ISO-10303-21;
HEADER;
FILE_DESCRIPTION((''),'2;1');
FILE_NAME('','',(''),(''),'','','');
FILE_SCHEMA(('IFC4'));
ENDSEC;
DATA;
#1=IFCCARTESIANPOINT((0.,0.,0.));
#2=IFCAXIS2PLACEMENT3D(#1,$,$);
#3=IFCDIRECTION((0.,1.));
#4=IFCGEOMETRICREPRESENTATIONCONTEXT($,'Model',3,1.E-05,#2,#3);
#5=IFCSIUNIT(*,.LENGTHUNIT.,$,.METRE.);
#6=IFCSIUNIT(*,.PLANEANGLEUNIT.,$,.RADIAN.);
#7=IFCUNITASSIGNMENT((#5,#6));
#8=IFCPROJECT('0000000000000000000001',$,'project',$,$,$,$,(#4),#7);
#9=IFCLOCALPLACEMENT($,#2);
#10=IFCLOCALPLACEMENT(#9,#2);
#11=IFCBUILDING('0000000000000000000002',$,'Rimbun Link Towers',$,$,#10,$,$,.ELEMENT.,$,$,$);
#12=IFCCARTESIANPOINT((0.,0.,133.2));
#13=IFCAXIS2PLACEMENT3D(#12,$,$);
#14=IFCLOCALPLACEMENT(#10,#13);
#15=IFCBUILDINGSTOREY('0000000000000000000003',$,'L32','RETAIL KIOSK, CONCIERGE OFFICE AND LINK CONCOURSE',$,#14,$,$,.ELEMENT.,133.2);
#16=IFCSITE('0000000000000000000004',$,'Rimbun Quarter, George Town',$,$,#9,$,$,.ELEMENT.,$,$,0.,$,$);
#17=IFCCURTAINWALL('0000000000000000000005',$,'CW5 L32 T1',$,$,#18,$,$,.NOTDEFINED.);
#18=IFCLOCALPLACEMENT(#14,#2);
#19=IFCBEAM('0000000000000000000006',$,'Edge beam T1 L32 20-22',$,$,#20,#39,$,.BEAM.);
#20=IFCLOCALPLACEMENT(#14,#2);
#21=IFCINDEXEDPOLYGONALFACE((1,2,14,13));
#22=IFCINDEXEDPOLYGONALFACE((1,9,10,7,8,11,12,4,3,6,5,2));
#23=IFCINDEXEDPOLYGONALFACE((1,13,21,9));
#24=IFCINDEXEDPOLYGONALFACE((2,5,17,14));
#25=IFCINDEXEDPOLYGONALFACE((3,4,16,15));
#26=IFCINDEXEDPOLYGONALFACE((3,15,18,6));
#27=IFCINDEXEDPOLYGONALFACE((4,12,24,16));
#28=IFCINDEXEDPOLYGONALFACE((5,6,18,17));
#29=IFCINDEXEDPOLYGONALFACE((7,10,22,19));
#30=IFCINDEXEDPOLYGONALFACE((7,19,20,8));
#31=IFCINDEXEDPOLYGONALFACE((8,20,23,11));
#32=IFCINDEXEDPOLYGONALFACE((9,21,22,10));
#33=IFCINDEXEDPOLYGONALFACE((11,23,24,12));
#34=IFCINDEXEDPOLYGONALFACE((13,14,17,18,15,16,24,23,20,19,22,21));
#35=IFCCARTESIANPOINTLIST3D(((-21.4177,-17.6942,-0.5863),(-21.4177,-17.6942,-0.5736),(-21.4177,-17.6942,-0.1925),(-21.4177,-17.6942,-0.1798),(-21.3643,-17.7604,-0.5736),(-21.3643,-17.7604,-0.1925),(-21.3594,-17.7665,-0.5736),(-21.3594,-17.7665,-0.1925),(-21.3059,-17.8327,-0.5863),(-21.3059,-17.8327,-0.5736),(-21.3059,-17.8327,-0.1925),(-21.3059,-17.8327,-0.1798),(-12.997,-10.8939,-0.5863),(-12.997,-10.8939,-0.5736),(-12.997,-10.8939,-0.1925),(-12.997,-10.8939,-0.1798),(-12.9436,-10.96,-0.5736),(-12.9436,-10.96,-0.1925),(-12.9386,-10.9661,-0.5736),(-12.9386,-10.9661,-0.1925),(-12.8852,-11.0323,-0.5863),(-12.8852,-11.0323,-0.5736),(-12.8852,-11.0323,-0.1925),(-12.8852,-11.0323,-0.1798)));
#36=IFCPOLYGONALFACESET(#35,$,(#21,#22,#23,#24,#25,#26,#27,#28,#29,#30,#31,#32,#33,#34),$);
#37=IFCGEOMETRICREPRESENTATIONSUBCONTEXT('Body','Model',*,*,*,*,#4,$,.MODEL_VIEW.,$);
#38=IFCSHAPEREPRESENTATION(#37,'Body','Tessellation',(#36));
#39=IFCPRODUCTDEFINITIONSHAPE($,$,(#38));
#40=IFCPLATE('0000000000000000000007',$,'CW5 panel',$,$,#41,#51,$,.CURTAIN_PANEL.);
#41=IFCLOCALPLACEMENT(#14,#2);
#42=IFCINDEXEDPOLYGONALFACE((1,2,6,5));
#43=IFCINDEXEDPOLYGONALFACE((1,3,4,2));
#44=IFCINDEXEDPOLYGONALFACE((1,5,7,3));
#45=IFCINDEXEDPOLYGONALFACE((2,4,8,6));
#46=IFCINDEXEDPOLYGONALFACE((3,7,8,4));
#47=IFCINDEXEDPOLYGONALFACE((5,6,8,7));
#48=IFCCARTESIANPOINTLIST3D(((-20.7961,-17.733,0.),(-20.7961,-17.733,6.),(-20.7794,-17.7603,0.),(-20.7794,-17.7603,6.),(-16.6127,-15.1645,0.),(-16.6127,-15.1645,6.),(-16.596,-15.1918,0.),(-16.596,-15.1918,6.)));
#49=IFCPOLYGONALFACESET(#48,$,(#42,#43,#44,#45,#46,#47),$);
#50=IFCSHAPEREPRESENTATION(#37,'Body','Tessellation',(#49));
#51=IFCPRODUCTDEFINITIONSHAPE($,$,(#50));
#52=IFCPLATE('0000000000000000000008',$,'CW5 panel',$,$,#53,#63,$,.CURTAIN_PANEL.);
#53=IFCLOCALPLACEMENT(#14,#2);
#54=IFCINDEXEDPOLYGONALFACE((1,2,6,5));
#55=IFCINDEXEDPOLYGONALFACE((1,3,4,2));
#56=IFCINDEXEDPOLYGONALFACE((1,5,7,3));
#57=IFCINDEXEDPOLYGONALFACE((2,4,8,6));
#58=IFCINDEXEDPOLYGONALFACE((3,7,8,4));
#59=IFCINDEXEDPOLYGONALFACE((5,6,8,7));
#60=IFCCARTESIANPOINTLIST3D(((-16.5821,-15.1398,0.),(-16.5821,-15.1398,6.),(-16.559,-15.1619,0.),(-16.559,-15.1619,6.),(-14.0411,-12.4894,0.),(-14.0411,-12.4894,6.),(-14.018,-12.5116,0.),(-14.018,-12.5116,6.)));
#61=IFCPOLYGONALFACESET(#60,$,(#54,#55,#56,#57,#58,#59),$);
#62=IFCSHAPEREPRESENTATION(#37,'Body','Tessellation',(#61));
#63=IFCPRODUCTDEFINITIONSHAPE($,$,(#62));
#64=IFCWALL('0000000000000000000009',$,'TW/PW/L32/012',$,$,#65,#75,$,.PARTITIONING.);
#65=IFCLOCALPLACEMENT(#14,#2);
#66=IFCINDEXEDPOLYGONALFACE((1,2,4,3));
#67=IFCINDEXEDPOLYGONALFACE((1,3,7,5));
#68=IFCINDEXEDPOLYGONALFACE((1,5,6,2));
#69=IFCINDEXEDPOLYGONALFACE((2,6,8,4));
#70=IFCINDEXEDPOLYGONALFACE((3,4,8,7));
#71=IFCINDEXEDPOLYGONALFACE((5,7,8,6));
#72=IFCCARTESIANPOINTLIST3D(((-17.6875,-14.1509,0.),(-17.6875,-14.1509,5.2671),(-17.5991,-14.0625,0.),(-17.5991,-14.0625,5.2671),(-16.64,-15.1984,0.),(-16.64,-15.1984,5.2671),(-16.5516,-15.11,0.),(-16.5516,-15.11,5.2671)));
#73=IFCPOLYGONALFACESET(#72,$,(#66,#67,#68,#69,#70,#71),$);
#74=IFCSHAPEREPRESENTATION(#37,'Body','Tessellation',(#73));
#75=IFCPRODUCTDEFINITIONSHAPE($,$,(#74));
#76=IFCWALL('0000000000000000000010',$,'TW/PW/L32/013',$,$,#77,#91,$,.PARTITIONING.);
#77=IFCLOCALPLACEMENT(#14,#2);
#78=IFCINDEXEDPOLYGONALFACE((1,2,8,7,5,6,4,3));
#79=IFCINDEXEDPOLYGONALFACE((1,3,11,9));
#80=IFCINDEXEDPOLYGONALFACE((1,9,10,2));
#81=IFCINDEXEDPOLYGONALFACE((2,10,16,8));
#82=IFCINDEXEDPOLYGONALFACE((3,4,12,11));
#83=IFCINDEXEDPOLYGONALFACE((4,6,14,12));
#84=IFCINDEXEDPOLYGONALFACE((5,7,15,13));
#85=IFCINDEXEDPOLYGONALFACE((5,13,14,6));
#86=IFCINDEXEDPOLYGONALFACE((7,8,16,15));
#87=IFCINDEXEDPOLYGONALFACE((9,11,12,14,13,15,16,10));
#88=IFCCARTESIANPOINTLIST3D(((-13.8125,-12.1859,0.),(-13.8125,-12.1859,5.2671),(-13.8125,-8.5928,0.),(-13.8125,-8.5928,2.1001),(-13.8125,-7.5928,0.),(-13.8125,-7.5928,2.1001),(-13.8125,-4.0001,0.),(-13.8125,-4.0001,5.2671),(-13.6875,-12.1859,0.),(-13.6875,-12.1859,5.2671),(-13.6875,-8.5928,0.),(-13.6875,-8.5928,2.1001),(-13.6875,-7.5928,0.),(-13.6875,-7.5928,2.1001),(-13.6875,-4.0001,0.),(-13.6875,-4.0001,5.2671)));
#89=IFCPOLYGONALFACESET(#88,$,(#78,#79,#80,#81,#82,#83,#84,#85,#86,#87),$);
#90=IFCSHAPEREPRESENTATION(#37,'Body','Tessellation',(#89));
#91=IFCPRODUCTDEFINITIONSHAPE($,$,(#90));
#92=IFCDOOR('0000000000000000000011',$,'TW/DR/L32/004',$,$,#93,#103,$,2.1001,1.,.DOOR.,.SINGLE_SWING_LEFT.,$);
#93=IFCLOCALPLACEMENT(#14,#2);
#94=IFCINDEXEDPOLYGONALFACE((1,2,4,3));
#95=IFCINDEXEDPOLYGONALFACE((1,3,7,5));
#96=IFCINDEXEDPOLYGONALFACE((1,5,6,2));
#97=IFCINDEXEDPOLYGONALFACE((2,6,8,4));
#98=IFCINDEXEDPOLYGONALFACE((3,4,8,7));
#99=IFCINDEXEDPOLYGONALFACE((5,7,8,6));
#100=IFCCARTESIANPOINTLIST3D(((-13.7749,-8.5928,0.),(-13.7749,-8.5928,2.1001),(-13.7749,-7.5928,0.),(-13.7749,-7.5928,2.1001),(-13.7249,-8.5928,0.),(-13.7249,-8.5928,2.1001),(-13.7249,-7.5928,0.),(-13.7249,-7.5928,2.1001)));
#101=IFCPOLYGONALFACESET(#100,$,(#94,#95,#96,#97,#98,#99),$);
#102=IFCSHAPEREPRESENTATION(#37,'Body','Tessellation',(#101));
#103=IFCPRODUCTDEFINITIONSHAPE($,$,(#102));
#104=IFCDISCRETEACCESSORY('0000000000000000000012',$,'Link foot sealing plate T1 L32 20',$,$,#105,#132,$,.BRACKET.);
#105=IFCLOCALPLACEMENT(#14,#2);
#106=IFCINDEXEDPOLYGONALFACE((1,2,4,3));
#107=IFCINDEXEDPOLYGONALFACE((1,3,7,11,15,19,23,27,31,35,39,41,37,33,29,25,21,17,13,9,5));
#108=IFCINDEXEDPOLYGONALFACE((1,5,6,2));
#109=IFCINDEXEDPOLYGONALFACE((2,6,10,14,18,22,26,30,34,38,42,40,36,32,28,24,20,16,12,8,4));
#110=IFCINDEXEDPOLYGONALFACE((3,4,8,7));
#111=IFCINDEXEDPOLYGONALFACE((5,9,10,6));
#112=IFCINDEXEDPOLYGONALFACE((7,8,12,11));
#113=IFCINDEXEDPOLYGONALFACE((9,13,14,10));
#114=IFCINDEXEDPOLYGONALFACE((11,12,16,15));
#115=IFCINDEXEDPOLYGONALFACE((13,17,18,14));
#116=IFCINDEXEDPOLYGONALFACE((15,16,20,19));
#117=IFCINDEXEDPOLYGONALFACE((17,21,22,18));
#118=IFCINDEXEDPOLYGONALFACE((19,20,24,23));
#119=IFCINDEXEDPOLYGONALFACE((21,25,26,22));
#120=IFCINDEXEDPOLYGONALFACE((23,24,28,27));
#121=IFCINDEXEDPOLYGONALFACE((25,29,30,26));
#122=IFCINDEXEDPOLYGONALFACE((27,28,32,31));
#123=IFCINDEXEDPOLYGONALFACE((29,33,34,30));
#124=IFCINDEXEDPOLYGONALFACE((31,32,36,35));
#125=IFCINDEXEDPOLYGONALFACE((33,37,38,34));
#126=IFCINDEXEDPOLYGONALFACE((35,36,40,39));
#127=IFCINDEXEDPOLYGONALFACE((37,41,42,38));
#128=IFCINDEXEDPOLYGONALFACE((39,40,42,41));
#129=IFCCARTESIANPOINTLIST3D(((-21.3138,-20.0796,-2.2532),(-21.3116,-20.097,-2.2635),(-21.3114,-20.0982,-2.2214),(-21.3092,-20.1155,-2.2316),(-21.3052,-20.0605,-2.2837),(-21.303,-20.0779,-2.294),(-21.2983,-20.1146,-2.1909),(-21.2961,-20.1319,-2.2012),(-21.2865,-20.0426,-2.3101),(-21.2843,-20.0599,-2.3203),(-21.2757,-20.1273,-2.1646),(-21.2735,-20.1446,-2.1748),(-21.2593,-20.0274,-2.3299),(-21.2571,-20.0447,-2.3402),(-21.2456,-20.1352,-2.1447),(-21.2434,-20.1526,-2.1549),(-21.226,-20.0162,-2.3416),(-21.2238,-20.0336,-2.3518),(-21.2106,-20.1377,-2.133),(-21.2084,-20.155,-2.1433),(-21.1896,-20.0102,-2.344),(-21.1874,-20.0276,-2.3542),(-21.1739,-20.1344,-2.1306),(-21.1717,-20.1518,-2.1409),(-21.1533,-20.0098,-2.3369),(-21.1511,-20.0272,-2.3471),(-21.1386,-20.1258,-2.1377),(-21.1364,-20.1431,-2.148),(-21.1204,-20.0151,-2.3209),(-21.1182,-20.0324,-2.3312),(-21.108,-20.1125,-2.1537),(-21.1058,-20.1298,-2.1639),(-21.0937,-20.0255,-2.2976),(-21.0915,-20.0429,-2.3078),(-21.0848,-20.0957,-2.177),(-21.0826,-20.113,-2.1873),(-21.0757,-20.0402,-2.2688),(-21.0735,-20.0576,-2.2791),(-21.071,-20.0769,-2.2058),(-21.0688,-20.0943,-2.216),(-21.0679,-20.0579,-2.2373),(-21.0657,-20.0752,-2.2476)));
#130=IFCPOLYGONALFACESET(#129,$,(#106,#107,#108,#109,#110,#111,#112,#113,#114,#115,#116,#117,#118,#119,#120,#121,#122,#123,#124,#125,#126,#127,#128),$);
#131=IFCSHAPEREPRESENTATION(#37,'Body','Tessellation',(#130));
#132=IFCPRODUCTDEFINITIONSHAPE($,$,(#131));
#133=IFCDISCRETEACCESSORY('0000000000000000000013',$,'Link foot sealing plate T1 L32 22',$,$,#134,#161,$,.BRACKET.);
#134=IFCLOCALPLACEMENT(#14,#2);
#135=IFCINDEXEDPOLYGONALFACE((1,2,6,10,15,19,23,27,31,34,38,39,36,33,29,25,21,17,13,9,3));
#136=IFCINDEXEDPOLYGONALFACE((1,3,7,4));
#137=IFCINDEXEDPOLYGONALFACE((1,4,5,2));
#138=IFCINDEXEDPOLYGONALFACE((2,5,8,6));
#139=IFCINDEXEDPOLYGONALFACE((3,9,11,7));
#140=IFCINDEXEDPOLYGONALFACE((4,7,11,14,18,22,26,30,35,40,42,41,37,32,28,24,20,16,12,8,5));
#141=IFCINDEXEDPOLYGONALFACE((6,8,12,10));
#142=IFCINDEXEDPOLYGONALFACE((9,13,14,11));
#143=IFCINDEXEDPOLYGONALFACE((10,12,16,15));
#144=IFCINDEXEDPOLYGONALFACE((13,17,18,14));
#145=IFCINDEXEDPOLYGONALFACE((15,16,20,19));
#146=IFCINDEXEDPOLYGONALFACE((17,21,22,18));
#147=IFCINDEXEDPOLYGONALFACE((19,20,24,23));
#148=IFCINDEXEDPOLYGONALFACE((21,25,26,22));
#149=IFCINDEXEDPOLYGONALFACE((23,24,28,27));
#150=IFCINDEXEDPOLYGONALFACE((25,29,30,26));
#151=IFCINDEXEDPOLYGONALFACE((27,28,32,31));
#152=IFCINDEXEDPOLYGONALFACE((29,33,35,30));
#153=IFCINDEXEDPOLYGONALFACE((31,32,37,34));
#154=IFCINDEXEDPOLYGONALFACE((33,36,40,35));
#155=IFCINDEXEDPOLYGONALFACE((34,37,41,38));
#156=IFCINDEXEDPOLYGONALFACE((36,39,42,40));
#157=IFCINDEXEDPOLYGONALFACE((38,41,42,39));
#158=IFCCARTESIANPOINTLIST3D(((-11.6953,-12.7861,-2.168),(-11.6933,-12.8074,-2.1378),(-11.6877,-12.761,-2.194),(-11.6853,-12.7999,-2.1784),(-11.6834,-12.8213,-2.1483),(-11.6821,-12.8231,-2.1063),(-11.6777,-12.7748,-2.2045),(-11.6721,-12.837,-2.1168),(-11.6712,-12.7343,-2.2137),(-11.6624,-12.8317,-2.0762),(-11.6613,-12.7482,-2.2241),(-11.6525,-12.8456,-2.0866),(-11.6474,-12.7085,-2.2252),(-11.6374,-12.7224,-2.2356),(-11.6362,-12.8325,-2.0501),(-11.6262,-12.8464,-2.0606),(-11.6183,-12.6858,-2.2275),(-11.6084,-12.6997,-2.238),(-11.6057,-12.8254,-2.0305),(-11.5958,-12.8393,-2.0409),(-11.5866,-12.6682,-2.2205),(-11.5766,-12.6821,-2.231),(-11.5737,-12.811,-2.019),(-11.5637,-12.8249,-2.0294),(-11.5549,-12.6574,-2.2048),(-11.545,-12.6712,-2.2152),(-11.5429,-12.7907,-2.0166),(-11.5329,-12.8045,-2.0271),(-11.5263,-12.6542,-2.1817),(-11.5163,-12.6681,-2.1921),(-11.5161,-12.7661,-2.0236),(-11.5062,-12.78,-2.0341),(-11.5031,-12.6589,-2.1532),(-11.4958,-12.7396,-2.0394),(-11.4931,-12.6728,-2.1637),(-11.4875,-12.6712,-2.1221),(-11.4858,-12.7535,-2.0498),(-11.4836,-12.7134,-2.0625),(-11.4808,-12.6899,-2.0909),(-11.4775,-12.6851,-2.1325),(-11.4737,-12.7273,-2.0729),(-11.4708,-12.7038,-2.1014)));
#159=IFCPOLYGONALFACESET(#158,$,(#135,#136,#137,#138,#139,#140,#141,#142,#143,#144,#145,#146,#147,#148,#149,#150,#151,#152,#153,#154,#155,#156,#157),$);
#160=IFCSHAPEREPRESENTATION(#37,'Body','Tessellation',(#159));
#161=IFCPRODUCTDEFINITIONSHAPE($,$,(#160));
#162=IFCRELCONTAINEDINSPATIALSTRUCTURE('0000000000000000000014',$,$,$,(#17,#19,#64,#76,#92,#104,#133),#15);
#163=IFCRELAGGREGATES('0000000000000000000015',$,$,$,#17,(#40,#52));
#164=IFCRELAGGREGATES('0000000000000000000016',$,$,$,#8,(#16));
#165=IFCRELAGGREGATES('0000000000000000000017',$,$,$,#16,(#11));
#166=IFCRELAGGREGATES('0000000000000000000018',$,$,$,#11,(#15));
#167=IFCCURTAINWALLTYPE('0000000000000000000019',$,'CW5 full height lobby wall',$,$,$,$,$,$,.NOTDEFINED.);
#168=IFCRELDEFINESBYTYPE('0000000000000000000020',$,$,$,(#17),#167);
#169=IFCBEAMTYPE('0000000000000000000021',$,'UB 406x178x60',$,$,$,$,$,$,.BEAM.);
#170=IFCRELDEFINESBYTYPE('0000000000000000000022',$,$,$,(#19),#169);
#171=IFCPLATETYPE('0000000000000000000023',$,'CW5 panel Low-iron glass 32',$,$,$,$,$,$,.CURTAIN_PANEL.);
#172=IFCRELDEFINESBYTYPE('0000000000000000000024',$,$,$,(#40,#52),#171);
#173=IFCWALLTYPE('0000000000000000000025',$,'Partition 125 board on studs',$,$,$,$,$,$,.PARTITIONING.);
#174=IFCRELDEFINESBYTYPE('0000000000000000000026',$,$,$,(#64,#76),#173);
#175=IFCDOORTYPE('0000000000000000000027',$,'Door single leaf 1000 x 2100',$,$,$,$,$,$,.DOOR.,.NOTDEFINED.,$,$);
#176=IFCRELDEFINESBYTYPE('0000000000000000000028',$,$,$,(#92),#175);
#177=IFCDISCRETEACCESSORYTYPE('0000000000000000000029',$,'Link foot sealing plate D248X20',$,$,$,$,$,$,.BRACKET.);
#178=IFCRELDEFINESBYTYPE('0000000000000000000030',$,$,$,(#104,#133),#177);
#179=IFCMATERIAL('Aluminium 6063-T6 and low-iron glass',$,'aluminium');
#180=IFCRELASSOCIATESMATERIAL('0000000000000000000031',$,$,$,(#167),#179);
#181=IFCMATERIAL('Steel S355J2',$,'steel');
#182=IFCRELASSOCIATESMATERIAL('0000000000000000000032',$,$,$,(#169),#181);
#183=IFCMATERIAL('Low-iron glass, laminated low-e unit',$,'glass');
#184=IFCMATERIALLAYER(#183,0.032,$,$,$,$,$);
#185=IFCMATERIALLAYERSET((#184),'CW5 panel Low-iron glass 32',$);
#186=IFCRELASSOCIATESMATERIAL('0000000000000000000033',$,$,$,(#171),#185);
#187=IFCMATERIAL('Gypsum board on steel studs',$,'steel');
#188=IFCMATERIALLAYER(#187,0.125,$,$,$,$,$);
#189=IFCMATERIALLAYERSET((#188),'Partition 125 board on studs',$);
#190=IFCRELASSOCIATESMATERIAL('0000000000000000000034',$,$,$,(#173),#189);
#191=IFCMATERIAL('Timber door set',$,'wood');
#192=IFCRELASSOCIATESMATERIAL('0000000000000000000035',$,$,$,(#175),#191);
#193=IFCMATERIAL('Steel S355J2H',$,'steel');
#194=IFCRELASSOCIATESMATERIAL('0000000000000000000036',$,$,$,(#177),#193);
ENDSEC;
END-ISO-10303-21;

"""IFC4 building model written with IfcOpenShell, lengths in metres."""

from ifc_helpers import new_model, si_unit, direction, frame, frame_2d, origin, origin_2d, place, context, subcontext, project, spatial, rectangle, circle, i_section, extrude, material, layer, layer_set, material_profile, profile_set, type_object, element, fill, aggregate, save


model = new_model("IFC4")

# Units and contexts
model_context = context("Model", 3, precision=1e-05, world=origin(), true_north=direction((0.0, 1.0)))
body_context = subcontext(model_context, "Body", "Model", "MODEL_VIEW")
ifc_project = project(units=[si_unit("LENGTHUNIT", "METRE"), si_unit("PLANEANGLEUNIT", "RADIAN")], contexts=[model_context])

# Site, building, storey
site_placement = place(None, origin())
site = spatial("IfcSite", under=ifc_project, at=site_placement, Name="Rimbun Quarter, George Town", CompositionType="ELEMENT", RefElevation=0.0)
building_placement = place(site_placement, origin())
building = spatial("IfcBuilding", under=site, at=building_placement, Name="Rimbun Link Towers", CompositionType="ELEMENT")
storey_placement = place(building_placement, frame((0.0, 0.0, 133.2)))
storey = spatial("IfcBuildingStorey", under=building, at=storey_placement, Name="L32", Description="RETAIL KIOSK, CONCIERGE OFFICE AND LINK CONCOURSE", CompositionType="ELEMENT", Elevation=133.2)

# Curtain wall
ifc_material_1 = material(Name="Aluminium 6063-T6 and low-iron glass", Category="aluminium")
curtain_wall_type = type_object("IfcCurtainWallType", Name="CW5 full height lobby wall", PredefinedType="NOTDEFINED", material=ifc_material_1)
curtain_wall_1_placement = place(storey_placement, origin())
curtain_wall_1 = element("IfcCurtainWall", 1, at=curtain_wall_1_placement, inside=storey, type_object=curtain_wall_type, Name="CW5 L32 T1", PredefinedType="NOTDEFINED")

# Beam
ifc_material_2 = material(Name="Steel S355J2", Category="steel")
ifc_material_profile_1 = material_profile(ifc_material_2, i_section(OverallWidth=0.178, OverallDepth=0.4065, WebThickness=0.0078, FlangeThickness=0.0127, at=origin_2d()), Name="UB 406x178x60")
ifc_profile_set_1 = profile_set([ifc_material_profile_1], Name="Steel S355J2")
beam_type = type_object("IfcBeamType", Name="UB 406x178x60", PredefinedType="BEAM", material=ifc_profile_set_1)
beam_placement = place(storey_placement, frame((-21.3618, -17.7634, -0.3831), z_axis=(0.777987, 0.628281, 0.0), x_axis=(-0.628281, 0.777987, 0.0)))
element("IfcBeam", 2, at=beam_placement, inside=storey, type_object=beam_type, Name="Edge beam T1 L32 20-22", PredefinedType="BEAM", context=body_context, shape_type="SweptSolid", body=[
    extrude(i_section(OverallWidth=0.178, OverallDepth=0.4065, WebThickness=0.0078, FlangeThickness=0.0127, at=origin_2d()), origin(), (0.0, 0.0, 1.0), 10.8237),
])

# Plates
ifc_material_3 = material(Name="Low-iron glass, laminated low-e unit", Category="glass")
ifc_layer_1 = layer(ifc_material_3, 0.032)
ifc_layer_set_1 = layer_set([ifc_layer_1], Name="CW5 panel Low-iron glass 32")
plate_type = type_object("IfcPlateType", Name="CW5 panel Low-iron glass 32", PredefinedType="CURTAIN_PANEL", material=ifc_layer_set_1)
plate_1_placement = place(storey_placement, frame((-18.696, -16.4624, 0.0), z_axis=(0.0, 0.0, 1.0), x_axis=(-0.852194, -0.523225, 0.0)))
plate_1 = element("IfcPlate", 3, at=plate_1_placement, type_object=plate_type, Name="CW5 panel", PredefinedType="CURTAIN_PANEL", context=body_context, shape_type="SweptSolid", body=[
    extrude(rectangle(XDim=4.9089, YDim=0.032, at=origin_2d()), origin(), (0.0, 0.0, 1.0), 6.0),
])
plate_2_placement = place(storey_placement, frame((-15.3, -13.8257, 0.0), z_axis=(0.0, 0.0, 1.0), x_axis=(-0.692041, -0.721858, 0.0)))
plate_2 = element("IfcPlate", 4, at=plate_2_placement, type_object=plate_type, Name="CW5 panel", PredefinedType="CURTAIN_PANEL", context=body_context, shape_type="SweptSolid", body=[
    extrude(rectangle(XDim=3.6716, YDim=0.032, at=origin_2d()), origin(), (0.0, 0.0, 1.0), 6.0),
])
aggregate(curtain_wall_1, [plate_1, plate_2])

# Wall
ifc_material_4 = material(Name="Gypsum board on steel studs", Category="steel")
ifc_layer_2 = layer(ifc_material_4, 0.125)
ifc_layer_set_2 = layer_set([ifc_layer_2], Name="Partition 125 board on studs")
wall_type = type_object("IfcWallType", Name="Partition 125 board on studs", PredefinedType="PARTITIONING", material=ifc_layer_set_2)
wall_1_placement = place(storey_placement, frame((-17.6433, -14.1067, 0.0), z_axis=(0.0, 0.0, 1.0), x_axis=(0.707107, -0.707107, 0.0)))
element("IfcWall", 5, at=wall_1_placement, inside=storey, type_object=wall_type, Name="TW/PW/L32/012", PredefinedType="PARTITIONING", context=body_context, shape_type="SweptSolid", body=[
    extrude(rectangle(XDim=1.4814, YDim=0.125, at=frame_2d((0.7407, 0.0))), origin(), (0.0, 0.0, 1.0), 5.2671),
])

# Wall, opening, door
wall_2_placement = place(storey_placement, frame((-13.75, -12.1858, 0.0), z_axis=(0.0, 0.0, 1.0), x_axis=(0.0, 1.0, 0.0)))
wall_2 = element("IfcWall", 6, at=wall_2_placement, inside=storey, type_object=wall_type, Name="TW/PW/L32/013", PredefinedType="PARTITIONING", context=body_context, shape_type="SweptSolid", body=[
    extrude(rectangle(XDim=8.1858, YDim=0.125, at=frame_2d((4.0928, 0.0))), origin(), (0.0, 0.0, 1.0), 5.2671),
])
opening_placement = place(wall_2_placement, frame((3.593, 0.0, 0.0)))
opening = element("IfcOpeningElement", 7, at=opening_placement, cuts=wall_2, PredefinedType="OPENING", context=body_context, shape_type="SweptSolid", body=[
    extrude(rectangle(XDim=1.0, YDim=2.1001, at=frame_2d((0.5, 1.05))), frame((0.0, 0.0725, 0.0), z_axis=(0.0, -1.0, 0.0), x_axis=(1.0, 0.0, 0.0)), (0.0, 0.0, 1.0), 0.145),
])
ifc_material_5 = material(Name="Timber door set", Category="wood")
door_type = type_object("IfcDoorType", Name="Door single leaf 1000 x 2100", OperationType="NOTDEFINED", PredefinedType="DOOR", material=ifc_material_5)
door_placement = place(opening_placement, origin())
door = element("IfcDoor", 8, at=door_placement, inside=storey, type_object=door_type, Name="TW/DR/L32/004", OperationType="SINGLE_SWING_LEFT", OverallHeight=2.1001, OverallWidth=1.0, PredefinedType="DOOR", context=body_context, shape_type="SweptSolid", body=[
    extrude(rectangle(XDim=1.0, YDim=2.1001, at=frame_2d((0.5, 1.05))), frame((0.0, 0.0249, 0.0), z_axis=(0.0, -1.0, 0.0), x_axis=(1.0, 0.0, 0.0)), (0.0, 0.0, 1.0), 0.05),
])
fill(opening, door)

# Discrete accessories
ifc_material_6 = material(Name="Steel S355J2H", Category="steel")
ifc_material_profile_2 = material_profile(ifc_material_6, circle(Radius=0.124, at=origin_2d()), Name="PL D248")
ifc_profile_set_2 = profile_set([ifc_material_profile_2], Name="Steel S355J2H")
discrete_accessory_type = type_object("IfcDiscreteAccessoryType", Name="Link foot sealing plate D248X20", PredefinedType="BRACKET", material=ifc_profile_set_2)
discrete_accessory_1_placement = place(storey_placement, frame((-21.1909, -20.0735, -2.2373), z_axis=(0.108457, -0.855608, -0.506134), x_axis=(0.992061, 0.125754, 0.0)))
element("IfcDiscreteAccessory", 9, at=discrete_accessory_1_placement, inside=storey, type_object=discrete_accessory_type, Name="Link foot sealing plate T1 L32 20", PredefinedType="BRACKET", context=body_context, shape_type="SweptSolid", body=[
    extrude(circle(Radius=0.124, at=origin_2d()), origin(), (0.0, 0.0, 1.0), 0.0203),
])
discrete_accessory_2_placement = place(storey_placement, frame((-11.5881, -12.7437, -2.1221), z_axis=(0.497968, -0.692296, -0.522259), x_axis=(0.811804, 0.583929, 0.0)))
element("IfcDiscreteAccessory", 10, at=discrete_accessory_2_placement, inside=storey, type_object=discrete_accessory_type, Name="Link foot sealing plate T1 L32 22", PredefinedType="BRACKET", context=body_context, shape_type="SweptSolid", body=[
    extrude(circle(Radius=0.124, at=origin_2d()), origin(), (0.0, 0.0, 1.0), 0.02),
])

save(model, "model.ifc")
